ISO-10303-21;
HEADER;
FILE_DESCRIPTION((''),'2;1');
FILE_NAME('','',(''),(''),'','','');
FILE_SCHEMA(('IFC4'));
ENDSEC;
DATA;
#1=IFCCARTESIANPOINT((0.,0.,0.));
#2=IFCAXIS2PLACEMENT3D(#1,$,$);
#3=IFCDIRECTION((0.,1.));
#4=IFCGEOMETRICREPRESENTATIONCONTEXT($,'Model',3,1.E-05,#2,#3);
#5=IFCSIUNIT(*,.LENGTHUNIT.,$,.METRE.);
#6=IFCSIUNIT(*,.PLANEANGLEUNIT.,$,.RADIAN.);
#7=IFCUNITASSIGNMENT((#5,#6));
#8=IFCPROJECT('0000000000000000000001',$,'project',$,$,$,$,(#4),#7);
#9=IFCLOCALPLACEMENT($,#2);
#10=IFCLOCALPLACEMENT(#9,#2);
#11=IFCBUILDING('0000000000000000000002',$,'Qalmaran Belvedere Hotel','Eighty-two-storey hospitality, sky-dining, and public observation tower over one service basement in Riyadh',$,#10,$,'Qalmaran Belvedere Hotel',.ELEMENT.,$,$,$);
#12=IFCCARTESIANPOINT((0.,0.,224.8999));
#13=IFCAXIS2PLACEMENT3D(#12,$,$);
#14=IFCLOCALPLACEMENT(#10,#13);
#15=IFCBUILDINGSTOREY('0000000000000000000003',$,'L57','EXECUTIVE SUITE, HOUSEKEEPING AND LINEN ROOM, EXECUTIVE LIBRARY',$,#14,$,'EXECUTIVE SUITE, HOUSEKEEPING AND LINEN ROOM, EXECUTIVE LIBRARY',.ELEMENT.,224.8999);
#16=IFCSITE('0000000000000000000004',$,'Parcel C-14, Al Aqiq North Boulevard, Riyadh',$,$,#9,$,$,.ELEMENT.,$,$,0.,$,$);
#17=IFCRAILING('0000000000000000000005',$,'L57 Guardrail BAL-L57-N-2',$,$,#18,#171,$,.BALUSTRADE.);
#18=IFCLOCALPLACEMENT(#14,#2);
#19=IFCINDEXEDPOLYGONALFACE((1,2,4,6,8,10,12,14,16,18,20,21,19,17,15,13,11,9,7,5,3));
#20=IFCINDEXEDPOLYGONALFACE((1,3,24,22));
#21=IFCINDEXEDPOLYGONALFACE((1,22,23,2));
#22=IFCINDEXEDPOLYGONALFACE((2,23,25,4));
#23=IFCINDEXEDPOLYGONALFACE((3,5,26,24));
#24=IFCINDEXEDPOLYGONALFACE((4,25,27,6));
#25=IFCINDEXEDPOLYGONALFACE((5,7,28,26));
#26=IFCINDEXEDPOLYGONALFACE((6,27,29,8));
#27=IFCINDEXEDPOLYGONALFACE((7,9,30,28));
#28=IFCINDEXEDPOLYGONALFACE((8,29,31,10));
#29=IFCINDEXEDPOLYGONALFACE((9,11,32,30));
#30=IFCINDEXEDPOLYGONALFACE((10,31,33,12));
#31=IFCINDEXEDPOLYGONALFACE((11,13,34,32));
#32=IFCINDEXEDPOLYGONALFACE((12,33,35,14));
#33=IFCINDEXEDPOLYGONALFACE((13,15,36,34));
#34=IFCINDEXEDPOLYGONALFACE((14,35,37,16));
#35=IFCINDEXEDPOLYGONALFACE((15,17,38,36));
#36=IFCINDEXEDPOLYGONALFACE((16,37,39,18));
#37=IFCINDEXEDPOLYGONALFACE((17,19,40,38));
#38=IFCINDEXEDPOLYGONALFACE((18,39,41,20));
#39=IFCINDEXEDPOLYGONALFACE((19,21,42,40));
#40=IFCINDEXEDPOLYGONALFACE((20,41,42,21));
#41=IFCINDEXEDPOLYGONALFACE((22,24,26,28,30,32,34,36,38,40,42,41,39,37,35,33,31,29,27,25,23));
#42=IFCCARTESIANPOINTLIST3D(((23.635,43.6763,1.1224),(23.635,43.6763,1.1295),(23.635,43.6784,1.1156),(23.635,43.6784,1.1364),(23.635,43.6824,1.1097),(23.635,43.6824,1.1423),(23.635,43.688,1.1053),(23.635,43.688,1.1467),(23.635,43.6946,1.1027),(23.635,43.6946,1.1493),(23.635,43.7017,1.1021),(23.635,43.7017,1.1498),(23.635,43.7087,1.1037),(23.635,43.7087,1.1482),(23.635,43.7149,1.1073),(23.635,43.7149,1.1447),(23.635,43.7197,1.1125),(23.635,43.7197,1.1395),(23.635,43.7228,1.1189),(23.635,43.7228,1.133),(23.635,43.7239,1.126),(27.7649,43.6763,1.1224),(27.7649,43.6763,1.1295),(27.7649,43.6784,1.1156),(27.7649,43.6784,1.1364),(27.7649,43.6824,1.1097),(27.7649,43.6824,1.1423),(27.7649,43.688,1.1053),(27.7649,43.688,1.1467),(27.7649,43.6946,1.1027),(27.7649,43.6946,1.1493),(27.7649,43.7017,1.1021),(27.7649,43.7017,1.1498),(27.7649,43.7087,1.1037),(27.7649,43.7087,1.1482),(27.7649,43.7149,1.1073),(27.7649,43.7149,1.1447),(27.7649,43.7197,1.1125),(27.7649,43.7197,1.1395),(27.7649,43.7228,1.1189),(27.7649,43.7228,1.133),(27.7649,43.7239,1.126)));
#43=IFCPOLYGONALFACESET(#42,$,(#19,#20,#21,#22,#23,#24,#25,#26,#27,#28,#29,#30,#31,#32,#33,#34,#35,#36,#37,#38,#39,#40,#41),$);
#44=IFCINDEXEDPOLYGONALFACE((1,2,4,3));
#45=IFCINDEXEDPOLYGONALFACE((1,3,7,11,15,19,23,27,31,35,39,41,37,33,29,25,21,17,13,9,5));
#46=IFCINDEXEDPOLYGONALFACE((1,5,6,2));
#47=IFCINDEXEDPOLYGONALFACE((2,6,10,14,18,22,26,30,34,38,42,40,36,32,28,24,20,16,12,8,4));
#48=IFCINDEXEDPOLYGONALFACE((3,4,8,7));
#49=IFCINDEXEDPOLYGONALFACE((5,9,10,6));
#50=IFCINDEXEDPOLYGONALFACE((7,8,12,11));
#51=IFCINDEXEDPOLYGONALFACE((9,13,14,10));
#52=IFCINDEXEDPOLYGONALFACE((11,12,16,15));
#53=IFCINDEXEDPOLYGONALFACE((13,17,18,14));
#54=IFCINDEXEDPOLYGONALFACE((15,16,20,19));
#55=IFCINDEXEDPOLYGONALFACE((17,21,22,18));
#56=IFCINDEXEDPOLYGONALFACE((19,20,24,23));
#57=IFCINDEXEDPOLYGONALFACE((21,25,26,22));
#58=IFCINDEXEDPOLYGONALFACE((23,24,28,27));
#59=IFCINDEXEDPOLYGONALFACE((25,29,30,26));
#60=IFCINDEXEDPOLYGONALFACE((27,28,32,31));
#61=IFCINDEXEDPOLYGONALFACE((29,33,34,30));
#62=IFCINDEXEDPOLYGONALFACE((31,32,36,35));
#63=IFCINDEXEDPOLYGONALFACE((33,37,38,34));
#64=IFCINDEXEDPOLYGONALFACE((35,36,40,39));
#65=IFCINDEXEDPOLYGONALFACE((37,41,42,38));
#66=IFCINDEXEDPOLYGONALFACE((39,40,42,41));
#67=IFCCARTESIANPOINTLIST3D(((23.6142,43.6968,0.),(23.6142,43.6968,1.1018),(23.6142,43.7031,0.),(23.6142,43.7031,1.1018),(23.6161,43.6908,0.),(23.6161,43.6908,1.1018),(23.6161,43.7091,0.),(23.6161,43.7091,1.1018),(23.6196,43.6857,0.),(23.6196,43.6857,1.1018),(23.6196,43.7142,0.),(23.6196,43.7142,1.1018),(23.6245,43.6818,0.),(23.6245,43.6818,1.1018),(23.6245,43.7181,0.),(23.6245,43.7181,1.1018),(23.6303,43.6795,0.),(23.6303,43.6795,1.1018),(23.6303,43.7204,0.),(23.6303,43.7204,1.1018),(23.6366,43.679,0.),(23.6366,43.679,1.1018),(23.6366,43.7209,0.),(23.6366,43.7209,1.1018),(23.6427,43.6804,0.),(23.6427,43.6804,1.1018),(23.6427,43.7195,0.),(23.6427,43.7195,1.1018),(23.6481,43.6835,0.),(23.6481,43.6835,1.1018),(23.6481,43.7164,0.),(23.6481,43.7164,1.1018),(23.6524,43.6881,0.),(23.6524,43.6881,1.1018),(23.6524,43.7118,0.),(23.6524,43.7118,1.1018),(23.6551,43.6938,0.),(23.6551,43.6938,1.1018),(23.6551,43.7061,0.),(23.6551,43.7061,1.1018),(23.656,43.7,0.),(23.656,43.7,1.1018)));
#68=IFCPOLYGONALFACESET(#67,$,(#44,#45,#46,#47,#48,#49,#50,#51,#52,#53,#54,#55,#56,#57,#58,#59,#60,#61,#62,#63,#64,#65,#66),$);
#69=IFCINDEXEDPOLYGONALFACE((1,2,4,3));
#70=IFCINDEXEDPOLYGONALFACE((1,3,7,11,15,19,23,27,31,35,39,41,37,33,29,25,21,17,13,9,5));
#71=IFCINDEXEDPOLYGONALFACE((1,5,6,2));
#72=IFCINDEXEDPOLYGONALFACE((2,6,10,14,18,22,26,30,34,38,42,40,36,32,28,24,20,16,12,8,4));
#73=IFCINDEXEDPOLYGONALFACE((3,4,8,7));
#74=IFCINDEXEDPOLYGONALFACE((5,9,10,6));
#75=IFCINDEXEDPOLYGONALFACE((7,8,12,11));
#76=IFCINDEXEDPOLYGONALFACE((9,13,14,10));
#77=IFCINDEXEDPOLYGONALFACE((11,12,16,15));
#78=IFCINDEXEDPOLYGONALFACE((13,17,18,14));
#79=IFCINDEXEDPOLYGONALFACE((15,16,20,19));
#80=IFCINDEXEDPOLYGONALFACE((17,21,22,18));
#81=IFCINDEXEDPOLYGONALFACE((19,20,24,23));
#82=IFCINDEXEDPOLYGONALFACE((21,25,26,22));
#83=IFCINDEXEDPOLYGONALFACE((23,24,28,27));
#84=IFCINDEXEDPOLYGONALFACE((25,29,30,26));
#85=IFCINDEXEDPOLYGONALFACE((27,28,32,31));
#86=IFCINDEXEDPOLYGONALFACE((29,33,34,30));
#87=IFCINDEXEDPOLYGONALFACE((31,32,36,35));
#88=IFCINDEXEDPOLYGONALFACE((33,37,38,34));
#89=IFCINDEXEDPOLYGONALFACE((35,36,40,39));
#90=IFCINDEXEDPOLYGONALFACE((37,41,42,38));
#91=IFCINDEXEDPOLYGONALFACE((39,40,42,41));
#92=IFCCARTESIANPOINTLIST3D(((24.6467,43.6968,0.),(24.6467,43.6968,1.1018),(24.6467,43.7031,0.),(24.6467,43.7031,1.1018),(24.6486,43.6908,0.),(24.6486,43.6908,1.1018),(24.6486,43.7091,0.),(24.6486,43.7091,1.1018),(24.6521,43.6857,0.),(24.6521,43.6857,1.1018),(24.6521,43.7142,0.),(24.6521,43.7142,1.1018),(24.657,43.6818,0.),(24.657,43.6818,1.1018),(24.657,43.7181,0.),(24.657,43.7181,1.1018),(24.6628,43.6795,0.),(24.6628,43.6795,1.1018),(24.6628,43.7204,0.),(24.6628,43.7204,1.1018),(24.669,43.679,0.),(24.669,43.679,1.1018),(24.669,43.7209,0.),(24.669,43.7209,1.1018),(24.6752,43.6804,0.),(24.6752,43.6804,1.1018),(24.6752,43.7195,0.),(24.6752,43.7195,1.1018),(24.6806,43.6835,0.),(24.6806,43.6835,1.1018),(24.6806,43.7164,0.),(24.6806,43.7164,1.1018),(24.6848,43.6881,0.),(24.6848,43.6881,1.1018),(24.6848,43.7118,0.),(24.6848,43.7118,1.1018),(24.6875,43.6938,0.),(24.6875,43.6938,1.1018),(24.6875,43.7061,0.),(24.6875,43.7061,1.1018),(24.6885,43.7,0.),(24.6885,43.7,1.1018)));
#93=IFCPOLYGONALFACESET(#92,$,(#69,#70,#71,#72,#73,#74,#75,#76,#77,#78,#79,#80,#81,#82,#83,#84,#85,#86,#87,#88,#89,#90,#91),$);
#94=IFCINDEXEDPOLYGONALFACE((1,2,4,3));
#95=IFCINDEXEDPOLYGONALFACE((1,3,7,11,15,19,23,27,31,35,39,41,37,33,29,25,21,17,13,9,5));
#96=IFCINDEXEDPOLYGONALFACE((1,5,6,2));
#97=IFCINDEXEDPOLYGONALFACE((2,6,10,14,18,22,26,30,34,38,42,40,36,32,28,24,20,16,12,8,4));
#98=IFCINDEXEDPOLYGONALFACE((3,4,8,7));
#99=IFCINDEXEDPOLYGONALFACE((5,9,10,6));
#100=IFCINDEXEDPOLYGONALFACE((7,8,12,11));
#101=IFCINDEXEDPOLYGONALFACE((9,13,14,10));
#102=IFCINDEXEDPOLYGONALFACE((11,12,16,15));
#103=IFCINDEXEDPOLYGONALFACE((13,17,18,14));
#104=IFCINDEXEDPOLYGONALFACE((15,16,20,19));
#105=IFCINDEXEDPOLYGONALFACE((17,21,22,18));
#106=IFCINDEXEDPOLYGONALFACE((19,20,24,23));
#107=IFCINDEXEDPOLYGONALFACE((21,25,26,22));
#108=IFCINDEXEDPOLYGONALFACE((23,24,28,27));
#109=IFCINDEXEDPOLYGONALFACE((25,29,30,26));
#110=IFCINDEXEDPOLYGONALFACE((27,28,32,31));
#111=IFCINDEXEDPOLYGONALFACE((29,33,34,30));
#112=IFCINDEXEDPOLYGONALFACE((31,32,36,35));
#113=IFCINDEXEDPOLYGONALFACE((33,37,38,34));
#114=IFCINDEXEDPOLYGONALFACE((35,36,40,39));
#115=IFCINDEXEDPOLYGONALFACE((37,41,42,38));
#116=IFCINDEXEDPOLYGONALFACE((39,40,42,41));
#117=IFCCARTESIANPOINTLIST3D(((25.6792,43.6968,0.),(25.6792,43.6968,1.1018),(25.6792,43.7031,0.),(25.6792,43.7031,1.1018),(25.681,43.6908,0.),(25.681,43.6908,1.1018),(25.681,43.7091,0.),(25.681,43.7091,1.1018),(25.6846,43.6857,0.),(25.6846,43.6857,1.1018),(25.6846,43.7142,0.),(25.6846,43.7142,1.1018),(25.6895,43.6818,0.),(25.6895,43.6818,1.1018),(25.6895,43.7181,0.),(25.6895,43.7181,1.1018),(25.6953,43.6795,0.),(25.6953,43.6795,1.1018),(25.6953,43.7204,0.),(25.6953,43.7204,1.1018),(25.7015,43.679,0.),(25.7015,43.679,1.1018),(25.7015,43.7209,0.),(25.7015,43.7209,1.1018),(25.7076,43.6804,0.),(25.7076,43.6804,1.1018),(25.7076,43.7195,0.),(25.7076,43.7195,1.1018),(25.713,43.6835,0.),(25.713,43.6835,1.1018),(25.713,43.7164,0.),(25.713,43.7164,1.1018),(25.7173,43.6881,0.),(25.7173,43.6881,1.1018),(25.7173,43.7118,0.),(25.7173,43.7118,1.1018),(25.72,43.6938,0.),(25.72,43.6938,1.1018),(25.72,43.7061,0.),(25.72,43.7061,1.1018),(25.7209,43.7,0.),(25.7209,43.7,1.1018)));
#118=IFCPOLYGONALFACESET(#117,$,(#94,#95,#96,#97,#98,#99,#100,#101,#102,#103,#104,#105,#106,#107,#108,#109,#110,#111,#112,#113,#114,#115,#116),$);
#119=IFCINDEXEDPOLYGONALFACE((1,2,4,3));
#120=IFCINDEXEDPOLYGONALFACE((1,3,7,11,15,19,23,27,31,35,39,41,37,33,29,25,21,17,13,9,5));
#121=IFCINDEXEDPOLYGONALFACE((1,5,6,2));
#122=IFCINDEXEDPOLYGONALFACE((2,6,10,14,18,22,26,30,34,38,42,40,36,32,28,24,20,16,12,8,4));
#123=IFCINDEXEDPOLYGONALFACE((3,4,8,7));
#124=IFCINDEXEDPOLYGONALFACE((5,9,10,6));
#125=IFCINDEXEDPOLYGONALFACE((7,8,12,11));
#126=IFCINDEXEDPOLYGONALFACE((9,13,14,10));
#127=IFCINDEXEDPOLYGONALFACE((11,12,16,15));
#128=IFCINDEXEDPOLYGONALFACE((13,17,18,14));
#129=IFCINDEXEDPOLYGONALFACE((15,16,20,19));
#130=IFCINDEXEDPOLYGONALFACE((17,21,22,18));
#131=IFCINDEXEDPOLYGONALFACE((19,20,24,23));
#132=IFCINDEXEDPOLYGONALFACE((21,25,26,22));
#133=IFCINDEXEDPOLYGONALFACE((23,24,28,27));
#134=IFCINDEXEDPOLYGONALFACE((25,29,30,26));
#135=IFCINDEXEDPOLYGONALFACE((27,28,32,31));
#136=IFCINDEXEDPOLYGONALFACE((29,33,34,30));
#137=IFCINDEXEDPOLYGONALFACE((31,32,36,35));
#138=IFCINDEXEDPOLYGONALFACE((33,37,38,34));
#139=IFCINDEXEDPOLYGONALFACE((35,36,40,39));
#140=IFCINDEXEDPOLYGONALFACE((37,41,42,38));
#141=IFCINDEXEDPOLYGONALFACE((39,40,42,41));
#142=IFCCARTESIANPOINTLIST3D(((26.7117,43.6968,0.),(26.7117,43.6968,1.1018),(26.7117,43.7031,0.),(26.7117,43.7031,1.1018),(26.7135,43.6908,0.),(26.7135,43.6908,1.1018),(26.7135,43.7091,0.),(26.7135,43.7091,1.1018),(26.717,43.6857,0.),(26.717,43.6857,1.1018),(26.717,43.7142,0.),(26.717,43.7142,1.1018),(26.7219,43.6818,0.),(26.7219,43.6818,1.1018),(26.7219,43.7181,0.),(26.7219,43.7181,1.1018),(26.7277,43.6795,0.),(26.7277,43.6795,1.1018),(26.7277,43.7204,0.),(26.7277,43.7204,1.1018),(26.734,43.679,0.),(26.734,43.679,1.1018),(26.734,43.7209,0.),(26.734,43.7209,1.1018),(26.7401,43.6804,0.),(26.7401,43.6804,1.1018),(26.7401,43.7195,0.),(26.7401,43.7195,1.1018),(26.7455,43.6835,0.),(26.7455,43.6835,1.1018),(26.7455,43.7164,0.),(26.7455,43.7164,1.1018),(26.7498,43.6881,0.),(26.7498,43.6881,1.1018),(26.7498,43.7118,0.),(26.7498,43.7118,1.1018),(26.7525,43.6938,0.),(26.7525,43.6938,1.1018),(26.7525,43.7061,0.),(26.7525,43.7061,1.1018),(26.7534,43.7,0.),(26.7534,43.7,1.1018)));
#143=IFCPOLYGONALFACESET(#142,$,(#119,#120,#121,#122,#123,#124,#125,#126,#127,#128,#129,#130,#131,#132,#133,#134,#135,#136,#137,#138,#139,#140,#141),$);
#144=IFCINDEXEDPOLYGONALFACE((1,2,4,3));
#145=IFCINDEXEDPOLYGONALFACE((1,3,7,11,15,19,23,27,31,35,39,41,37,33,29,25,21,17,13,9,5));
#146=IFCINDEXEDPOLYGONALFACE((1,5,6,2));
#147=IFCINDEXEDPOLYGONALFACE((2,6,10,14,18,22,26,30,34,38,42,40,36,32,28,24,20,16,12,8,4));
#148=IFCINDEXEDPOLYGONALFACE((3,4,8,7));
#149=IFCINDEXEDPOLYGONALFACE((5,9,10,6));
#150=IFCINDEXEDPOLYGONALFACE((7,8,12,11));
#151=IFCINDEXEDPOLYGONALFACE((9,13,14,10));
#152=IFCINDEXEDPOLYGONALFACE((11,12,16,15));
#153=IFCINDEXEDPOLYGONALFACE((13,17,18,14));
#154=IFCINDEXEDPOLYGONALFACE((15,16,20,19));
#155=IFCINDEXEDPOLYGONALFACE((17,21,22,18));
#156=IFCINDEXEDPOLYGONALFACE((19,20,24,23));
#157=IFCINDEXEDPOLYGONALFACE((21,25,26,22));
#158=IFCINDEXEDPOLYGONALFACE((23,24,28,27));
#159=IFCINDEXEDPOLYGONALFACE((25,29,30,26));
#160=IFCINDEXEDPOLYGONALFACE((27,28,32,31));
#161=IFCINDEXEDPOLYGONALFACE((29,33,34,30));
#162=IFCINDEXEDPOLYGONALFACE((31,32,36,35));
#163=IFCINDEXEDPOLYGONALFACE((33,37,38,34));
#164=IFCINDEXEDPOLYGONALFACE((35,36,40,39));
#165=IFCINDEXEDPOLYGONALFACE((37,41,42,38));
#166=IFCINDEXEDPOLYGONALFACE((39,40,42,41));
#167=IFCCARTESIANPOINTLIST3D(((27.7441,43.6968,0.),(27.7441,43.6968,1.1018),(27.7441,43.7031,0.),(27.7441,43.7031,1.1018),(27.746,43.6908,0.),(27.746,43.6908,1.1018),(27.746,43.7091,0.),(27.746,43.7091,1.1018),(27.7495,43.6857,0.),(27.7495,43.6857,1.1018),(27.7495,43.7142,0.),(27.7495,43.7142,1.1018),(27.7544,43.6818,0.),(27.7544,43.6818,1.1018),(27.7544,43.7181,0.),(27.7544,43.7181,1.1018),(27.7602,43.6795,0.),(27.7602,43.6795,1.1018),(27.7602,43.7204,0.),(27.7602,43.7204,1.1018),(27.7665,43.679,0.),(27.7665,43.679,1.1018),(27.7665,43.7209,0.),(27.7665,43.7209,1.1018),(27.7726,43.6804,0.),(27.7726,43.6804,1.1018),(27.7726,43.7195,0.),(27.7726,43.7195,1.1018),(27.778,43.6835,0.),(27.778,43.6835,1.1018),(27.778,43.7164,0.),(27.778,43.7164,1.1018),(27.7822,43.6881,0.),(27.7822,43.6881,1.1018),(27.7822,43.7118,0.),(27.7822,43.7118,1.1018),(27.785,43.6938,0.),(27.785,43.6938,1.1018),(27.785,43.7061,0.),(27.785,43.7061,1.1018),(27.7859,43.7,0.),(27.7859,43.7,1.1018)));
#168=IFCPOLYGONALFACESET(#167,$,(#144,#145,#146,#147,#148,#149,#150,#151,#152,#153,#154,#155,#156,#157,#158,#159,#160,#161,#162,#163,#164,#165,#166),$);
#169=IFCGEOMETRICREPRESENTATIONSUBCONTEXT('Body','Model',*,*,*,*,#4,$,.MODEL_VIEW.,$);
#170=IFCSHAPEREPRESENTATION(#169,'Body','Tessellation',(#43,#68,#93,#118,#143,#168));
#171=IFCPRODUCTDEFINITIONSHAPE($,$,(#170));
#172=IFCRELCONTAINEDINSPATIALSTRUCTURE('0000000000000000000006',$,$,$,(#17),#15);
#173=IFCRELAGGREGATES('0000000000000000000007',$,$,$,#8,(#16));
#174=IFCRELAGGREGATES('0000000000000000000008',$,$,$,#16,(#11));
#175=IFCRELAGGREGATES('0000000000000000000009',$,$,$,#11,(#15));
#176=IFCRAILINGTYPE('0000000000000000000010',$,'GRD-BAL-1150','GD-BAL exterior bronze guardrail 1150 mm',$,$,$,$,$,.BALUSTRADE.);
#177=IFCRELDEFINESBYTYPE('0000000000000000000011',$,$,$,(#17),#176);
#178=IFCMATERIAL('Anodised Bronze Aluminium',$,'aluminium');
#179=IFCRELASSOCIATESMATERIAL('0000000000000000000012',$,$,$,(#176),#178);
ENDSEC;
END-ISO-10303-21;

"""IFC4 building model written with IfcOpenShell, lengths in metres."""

from ifc_helpers import new_model, si_unit, direction, frame, origin, origin_2d, place, context, subcontext, project, spatial, circle, extrude, material, type_object, element, save


model = new_model("IFC4")

# Units and contexts
model_context = context("Model", 3, precision=1e-05, world=origin(), true_north=direction((0.0, 1.0)))
body_context = subcontext(model_context, "Body", "Model", "MODEL_VIEW")
ifc_project = project(units=[si_unit("LENGTHUNIT", "METRE"), si_unit("PLANEANGLEUNIT", "RADIAN")], contexts=[model_context])

# Site, building, storey
site_placement = place(None, origin())
site = spatial("IfcSite", under=ifc_project, at=site_placement, Name="Parcel C-14, Al Aqiq North Boulevard, Riyadh", CompositionType="ELEMENT", RefElevation=0.0)
building_placement = place(site_placement, origin())
building = spatial("IfcBuilding", under=site, at=building_placement, Name="Qalmaran Belvedere Hotel", Description="Eighty-two-storey hospitality, sky-dining, and public observation tower over one service basement in Riyadh", LongName="Qalmaran Belvedere Hotel", CompositionType="ELEMENT")
storey_placement = place(building_placement, frame((0.0, 0.0, 224.8999)))
storey = spatial("IfcBuildingStorey", under=building, at=storey_placement, Name="L57", Description="EXECUTIVE SUITE, HOUSEKEEPING AND LINEN ROOM, EXECUTIVE LIBRARY", LongName="EXECUTIVE SUITE, HOUSEKEEPING AND LINEN ROOM, EXECUTIVE LIBRARY", CompositionType="ELEMENT", Elevation=224.8999)

# Shared definitions
ifc_material_1 = material(Name="Anodised Bronze Aluminium", Category="aluminium")

# Railing
railing_type = type_object("IfcRailingType", Name="GRD-BAL-1150", Description="GD-BAL exterior bronze guardrail 1150 mm", PredefinedType="BALUSTRADE", material=ifc_material_1)
railing_1_placement = place(storey_placement, frame((23.635, 43.7, 0.0)))
element("IfcRailing", 1, at=railing_1_placement, inside=storey, type_object=railing_type, Name="L57 Guardrail BAL-L57-N-2", PredefinedType="BALUSTRADE", context=body_context, shape_type="SweptSolid", body=[
    extrude(circle(Radius=0.0239, at=origin_2d()), frame((0.0, 0.0, 1.126), z_axis=(1.0, 0.0, 0.0), x_axis=(0.0, 1.0, 0.0)), (0.0, 0.0, 1.0), 4.1299),
    extrude(circle(Radius=0.021, at=origin_2d()), origin(), (0.0, 0.0, 1.0), 1.1018),
    extrude(circle(Radius=0.021, at=origin_2d()), frame((1.0325, 0.0, 0.0)), (0.0, 0.0, 1.0), 1.1018),
    extrude(circle(Radius=0.021, at=origin_2d()), frame((2.0649, 0.0, 0.0)), (0.0, 0.0, 1.0), 1.1018),
    extrude(circle(Radius=0.021, at=origin_2d()), frame((3.0974, 0.0, 0.0)), (0.0, 0.0, 1.0), 1.1018),
    extrude(circle(Radius=0.021, at=origin_2d()), frame((4.1299, 0.0, 0.0)), (0.0, 0.0, 1.0), 1.1018),
])

save(model, "model.ifc")
